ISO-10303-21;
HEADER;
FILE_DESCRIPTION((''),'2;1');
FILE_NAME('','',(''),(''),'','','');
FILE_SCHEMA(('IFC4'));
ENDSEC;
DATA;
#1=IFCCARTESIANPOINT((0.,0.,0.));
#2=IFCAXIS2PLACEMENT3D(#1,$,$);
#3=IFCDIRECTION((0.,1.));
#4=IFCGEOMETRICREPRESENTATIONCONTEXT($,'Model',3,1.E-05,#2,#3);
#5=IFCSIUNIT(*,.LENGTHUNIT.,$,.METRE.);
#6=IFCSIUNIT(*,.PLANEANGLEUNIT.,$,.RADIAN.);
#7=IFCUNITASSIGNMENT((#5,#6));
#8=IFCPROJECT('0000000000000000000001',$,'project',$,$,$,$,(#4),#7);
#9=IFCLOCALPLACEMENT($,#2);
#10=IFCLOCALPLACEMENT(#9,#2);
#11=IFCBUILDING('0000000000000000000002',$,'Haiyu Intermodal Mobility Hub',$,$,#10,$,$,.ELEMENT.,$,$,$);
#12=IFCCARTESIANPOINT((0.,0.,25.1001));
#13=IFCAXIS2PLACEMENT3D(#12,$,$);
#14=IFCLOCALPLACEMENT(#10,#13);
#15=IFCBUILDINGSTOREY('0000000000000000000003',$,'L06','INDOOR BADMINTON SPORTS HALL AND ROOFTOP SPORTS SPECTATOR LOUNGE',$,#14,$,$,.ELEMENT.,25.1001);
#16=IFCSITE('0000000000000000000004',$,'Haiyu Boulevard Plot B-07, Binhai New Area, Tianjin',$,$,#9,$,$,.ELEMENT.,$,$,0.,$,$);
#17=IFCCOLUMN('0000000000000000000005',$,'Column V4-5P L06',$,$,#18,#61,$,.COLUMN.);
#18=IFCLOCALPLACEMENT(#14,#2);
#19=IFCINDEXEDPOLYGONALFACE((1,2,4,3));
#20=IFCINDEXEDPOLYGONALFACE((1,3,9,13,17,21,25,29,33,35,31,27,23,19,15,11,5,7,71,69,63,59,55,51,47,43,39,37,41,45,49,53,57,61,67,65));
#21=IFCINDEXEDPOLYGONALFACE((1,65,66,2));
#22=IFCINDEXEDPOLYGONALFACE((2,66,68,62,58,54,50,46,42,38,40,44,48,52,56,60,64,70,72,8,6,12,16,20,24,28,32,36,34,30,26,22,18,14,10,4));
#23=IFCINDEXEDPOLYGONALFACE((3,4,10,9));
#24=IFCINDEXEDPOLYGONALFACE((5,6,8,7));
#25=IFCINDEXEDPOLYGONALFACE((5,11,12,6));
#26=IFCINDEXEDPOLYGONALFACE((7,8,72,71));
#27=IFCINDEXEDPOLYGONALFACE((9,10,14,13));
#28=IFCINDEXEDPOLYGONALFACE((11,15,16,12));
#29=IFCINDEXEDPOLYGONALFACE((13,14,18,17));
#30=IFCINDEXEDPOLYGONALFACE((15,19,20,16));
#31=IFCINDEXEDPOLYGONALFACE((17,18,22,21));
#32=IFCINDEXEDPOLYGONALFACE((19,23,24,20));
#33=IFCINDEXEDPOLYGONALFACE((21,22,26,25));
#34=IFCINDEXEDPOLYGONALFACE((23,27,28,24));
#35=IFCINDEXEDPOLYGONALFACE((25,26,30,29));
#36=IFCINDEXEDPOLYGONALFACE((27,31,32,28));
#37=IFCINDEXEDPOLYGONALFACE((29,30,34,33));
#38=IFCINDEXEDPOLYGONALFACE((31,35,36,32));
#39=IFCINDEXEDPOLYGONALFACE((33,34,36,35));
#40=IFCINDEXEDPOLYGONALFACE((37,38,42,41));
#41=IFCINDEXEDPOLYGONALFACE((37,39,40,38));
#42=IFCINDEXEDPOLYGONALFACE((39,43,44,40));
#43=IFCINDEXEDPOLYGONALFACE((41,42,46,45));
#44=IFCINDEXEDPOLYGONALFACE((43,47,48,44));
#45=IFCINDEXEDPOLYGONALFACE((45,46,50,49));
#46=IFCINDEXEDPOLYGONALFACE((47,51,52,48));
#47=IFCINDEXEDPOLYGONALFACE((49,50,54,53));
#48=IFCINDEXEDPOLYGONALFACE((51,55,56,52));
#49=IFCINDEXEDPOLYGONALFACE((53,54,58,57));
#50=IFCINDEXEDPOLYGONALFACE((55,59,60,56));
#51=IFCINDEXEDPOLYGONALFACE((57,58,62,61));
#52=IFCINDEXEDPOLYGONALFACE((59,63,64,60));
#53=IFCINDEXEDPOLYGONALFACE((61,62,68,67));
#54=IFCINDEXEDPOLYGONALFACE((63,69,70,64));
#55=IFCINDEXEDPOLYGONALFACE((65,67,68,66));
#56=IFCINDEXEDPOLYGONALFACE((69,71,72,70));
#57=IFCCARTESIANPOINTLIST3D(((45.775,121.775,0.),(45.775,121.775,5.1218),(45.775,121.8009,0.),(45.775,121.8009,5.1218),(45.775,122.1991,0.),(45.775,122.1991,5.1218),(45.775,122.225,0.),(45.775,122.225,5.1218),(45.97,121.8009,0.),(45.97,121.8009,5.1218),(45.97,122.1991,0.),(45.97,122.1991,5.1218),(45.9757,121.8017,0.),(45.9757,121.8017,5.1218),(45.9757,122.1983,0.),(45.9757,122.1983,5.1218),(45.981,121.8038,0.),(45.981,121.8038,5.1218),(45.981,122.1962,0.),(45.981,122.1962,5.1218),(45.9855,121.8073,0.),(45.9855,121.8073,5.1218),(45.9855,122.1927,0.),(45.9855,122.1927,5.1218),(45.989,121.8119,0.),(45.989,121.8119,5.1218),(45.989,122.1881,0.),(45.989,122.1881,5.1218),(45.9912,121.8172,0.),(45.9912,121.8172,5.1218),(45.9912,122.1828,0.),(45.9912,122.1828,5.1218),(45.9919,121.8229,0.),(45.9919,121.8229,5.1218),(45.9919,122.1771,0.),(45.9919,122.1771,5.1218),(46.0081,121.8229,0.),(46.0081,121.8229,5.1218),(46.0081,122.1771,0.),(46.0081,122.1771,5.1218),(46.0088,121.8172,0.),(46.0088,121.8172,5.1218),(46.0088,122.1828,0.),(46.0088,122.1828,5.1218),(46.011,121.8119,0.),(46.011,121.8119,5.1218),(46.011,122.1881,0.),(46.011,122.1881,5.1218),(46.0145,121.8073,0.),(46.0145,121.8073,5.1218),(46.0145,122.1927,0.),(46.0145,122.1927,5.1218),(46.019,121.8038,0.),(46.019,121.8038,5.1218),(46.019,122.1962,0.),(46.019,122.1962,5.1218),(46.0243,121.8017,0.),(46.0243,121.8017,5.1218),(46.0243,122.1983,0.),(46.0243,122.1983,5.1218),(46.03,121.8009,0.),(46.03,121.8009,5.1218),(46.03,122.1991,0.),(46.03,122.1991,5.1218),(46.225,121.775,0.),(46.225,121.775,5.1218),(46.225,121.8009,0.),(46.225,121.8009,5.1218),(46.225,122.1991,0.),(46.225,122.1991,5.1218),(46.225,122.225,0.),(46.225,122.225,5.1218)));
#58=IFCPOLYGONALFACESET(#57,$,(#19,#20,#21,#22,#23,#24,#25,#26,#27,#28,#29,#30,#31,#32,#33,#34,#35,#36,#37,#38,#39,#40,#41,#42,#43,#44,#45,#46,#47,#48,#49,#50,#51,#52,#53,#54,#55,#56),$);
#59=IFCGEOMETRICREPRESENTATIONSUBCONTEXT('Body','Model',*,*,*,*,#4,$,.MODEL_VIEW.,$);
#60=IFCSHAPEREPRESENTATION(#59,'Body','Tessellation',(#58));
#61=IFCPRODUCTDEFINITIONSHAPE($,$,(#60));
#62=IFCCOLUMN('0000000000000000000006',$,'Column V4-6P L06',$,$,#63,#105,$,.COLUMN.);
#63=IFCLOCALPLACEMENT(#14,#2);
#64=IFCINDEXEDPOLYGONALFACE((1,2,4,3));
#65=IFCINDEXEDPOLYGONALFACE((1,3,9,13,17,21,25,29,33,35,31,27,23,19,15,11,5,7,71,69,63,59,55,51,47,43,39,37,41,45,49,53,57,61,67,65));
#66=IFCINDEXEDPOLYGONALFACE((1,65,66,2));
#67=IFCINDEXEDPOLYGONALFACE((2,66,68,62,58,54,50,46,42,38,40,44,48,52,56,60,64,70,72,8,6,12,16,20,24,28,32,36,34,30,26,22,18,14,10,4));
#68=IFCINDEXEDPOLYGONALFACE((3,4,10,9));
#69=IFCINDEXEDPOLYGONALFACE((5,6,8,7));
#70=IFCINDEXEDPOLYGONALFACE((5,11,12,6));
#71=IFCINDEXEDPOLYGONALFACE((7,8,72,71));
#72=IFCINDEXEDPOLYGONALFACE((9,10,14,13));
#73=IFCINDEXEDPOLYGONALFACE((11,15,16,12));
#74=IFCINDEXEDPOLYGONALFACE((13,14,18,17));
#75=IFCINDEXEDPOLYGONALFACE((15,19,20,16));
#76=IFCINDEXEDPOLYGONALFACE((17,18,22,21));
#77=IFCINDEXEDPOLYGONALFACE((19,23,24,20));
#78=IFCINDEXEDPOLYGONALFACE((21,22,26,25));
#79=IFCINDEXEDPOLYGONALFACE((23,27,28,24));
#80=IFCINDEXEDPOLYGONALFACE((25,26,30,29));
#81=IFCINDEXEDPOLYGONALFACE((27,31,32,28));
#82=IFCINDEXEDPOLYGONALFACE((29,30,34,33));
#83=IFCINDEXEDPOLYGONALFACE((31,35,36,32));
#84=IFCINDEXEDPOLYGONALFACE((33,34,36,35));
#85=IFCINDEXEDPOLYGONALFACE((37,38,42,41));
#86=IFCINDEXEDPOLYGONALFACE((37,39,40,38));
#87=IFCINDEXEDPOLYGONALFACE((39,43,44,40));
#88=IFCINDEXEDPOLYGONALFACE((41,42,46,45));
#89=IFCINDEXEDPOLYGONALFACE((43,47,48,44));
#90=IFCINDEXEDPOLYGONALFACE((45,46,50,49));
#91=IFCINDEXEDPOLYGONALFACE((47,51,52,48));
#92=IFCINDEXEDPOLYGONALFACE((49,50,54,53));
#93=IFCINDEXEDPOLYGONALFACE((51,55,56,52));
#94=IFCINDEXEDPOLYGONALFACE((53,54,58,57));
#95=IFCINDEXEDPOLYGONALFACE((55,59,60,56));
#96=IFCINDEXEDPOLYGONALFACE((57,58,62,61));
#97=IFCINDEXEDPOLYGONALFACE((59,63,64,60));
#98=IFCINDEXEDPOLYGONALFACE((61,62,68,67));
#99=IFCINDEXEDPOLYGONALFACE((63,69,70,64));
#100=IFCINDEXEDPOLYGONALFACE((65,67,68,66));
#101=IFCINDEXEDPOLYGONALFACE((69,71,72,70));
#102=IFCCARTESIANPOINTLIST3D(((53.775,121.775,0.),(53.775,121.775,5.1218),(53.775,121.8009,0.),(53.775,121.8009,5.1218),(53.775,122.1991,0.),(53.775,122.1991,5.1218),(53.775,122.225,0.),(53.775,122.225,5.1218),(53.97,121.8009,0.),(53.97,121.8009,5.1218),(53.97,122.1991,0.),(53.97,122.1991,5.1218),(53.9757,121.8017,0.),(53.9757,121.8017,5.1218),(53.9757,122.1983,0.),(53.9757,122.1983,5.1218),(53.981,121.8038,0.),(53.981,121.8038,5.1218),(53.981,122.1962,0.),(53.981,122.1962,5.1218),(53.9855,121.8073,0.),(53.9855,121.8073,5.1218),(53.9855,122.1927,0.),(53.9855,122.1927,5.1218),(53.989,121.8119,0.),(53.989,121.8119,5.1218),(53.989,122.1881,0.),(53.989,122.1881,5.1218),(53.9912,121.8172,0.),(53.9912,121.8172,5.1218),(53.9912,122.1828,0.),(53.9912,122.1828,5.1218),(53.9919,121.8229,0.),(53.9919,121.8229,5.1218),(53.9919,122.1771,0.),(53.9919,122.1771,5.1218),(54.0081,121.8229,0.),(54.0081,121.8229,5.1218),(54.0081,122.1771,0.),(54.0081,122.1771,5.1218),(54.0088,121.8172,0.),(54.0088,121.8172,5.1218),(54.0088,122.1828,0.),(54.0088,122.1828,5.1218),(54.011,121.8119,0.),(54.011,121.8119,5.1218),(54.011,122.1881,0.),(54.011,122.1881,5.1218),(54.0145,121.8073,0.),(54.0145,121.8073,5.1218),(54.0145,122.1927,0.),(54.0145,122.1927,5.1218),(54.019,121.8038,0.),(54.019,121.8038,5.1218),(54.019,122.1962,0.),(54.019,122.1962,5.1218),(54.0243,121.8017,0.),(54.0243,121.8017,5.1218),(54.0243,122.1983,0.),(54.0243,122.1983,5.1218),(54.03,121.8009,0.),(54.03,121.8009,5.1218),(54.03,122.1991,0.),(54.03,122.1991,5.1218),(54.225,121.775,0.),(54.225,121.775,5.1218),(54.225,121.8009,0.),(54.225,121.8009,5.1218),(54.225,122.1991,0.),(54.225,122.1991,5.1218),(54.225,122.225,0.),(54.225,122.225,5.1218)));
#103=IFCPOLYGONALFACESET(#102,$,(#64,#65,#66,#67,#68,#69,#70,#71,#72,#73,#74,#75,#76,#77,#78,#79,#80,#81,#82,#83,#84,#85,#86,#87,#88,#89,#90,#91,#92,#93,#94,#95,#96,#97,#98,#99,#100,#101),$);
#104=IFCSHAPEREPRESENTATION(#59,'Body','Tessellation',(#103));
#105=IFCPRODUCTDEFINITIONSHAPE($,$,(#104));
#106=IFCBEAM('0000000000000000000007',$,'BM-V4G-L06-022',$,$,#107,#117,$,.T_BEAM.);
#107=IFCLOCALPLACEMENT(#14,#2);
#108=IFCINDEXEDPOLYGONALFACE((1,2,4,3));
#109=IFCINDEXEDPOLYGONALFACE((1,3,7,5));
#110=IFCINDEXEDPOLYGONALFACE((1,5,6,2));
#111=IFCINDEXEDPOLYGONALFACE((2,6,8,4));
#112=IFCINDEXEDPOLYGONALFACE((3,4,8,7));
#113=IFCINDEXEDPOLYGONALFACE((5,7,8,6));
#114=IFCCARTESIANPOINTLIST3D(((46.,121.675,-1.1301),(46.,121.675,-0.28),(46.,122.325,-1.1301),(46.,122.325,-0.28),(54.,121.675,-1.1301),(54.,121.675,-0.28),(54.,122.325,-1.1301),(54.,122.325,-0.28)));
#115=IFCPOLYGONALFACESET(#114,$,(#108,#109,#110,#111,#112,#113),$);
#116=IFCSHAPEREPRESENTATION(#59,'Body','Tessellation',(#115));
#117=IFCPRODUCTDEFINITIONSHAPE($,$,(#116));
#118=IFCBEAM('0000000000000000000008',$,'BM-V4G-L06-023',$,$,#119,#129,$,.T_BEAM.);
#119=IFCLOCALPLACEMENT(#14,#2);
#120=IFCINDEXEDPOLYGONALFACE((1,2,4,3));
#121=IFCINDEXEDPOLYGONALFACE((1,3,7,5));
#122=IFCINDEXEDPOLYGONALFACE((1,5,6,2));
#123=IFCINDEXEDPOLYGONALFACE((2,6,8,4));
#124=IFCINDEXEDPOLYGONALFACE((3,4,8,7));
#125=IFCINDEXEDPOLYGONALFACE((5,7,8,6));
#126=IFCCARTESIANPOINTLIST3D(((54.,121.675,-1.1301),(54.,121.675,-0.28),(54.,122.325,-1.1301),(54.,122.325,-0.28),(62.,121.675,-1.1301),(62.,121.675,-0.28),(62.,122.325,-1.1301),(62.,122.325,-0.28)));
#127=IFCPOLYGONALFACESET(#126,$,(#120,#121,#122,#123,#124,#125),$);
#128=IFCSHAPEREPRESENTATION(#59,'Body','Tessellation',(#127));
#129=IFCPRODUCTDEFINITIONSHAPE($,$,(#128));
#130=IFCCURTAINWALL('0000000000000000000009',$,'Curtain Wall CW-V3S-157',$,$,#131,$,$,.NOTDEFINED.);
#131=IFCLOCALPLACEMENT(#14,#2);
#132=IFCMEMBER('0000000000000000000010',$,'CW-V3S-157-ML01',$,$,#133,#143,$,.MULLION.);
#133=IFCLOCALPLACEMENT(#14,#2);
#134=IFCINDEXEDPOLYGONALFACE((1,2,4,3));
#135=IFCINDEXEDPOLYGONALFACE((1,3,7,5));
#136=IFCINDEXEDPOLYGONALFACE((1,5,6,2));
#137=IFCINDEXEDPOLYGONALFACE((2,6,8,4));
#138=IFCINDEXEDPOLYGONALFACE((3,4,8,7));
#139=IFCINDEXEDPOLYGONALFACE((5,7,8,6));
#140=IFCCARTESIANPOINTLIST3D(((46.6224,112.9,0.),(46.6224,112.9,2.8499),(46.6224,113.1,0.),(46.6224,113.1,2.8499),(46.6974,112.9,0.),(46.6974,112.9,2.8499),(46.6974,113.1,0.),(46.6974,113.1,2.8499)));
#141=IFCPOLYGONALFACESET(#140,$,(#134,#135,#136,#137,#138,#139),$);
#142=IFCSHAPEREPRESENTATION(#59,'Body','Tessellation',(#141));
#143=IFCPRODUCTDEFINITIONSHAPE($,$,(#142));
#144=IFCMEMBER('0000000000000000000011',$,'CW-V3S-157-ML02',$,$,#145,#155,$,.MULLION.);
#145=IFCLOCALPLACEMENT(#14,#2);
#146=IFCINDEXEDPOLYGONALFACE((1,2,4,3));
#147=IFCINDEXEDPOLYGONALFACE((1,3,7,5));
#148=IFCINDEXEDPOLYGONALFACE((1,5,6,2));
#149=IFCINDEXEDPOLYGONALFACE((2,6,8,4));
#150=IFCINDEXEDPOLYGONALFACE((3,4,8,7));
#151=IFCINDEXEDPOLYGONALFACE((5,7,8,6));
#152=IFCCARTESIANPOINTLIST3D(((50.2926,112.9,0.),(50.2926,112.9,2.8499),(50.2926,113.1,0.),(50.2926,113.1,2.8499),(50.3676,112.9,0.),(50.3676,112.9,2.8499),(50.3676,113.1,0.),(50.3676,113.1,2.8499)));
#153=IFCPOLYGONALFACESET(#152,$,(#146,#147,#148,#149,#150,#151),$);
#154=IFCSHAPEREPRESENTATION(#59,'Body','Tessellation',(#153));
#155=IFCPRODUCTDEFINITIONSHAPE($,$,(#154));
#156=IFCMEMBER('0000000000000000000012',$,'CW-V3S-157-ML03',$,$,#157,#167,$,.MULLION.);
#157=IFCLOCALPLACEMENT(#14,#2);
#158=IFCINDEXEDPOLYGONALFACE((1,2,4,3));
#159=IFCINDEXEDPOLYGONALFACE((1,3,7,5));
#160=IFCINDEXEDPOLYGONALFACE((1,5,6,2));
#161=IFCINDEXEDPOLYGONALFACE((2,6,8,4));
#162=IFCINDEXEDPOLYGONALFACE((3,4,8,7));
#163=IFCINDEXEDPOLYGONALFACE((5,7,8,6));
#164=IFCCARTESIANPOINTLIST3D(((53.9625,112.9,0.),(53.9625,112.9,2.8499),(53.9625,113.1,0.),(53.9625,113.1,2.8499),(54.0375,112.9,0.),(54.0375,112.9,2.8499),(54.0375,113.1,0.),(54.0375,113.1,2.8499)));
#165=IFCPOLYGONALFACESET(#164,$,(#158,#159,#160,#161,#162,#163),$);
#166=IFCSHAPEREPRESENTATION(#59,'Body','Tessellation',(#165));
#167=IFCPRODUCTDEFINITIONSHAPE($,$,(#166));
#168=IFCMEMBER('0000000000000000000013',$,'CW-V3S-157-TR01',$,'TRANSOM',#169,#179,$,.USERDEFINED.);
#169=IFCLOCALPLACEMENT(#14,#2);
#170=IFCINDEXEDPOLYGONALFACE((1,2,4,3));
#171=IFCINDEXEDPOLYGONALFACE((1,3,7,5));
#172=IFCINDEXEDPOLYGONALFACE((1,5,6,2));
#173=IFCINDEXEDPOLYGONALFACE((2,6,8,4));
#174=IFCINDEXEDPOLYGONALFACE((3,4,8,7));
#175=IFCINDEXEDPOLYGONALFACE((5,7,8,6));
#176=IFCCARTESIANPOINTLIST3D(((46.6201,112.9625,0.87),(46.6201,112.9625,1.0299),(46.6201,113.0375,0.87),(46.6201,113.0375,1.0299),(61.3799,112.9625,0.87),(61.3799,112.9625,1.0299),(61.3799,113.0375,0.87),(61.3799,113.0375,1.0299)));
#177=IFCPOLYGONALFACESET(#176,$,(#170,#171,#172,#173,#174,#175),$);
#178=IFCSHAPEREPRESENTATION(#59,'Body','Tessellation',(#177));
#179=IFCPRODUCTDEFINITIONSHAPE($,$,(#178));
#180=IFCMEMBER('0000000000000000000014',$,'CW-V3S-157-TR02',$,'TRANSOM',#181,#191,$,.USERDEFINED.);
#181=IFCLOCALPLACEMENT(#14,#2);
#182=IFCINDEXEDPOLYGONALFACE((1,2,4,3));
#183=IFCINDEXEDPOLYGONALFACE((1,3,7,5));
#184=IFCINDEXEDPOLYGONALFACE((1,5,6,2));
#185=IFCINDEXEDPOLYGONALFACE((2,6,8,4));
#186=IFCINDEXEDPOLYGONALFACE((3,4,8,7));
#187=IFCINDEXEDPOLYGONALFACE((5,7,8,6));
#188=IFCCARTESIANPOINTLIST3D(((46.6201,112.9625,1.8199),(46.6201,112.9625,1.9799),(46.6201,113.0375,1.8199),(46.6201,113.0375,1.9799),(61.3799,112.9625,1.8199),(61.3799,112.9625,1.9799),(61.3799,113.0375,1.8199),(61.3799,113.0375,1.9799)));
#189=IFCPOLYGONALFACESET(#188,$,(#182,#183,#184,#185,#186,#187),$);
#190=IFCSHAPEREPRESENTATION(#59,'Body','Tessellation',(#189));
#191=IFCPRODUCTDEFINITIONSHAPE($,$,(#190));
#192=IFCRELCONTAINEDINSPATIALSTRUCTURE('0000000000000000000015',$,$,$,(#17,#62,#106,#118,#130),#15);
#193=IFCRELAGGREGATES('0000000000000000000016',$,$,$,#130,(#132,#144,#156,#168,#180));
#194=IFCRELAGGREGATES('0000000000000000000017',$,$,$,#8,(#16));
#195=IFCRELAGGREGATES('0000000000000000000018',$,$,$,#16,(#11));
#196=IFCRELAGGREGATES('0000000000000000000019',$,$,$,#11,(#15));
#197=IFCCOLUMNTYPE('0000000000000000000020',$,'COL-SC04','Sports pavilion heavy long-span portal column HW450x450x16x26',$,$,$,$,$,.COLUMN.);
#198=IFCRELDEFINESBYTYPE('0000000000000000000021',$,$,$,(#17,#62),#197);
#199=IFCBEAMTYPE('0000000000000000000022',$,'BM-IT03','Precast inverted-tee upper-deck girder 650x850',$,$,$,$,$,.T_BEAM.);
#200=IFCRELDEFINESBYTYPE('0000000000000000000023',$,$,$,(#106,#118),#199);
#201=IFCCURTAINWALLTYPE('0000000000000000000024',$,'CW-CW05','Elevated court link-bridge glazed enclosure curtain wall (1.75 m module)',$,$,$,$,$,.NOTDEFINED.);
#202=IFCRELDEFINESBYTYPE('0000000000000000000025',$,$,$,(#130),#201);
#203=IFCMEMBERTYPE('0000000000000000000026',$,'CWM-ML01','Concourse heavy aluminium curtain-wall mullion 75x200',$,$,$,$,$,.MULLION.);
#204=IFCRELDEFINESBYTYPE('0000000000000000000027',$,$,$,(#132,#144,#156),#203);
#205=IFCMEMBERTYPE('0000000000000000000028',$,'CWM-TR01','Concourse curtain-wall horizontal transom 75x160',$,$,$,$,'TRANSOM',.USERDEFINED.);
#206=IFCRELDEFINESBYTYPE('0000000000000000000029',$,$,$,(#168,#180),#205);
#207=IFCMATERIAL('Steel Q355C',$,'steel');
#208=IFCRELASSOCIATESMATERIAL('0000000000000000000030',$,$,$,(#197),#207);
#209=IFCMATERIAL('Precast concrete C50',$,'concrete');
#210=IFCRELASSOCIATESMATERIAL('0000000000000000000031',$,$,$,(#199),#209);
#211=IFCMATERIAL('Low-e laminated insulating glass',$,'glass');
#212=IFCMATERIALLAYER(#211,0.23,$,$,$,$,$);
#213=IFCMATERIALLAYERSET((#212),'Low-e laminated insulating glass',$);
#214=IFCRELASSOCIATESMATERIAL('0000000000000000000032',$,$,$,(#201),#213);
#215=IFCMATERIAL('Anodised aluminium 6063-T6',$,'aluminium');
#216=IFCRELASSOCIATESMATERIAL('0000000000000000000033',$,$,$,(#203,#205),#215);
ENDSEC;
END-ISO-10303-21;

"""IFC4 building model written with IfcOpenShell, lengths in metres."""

from ifc_helpers import new_model, si_unit, direction, frame, origin, origin_2d, place, context, subcontext, project, spatial, rectangle, i_section, extrude, material, layer, layer_set, material_profile, profile_set, type_object, element, aggregate, save


model = new_model("IFC4")

# Units and contexts
model_context = context("Model", 3, precision=1e-05, world=origin(), true_north=direction((0.0, 1.0)))
body_context = subcontext(model_context, "Body", "Model", "MODEL_VIEW")
ifc_project = project(units=[si_unit("LENGTHUNIT", "METRE"), si_unit("PLANEANGLEUNIT", "RADIAN")], contexts=[model_context])

# Site, building, storey
site_placement = place(None, origin())
site = spatial("IfcSite", under=ifc_project, at=site_placement, Name="Haiyu Boulevard Plot B-07, Binhai New Area, Tianjin", CompositionType="ELEMENT", RefElevation=0.0)
building_placement = place(site_placement, origin())
building = spatial("IfcBuilding", under=site, at=building_placement, Name="Haiyu Intermodal Mobility Hub", CompositionType="ELEMENT")
storey_placement = place(building_placement, frame((0.0, 0.0, 25.1001)))
storey = spatial("IfcBuildingStorey", under=building, at=storey_placement, Name="L06", Description="INDOOR BADMINTON SPORTS HALL AND ROOFTOP SPORTS SPECTATOR LOUNGE", CompositionType="ELEMENT", Elevation=25.1001)

# Columns
ifc_material_1 = material(Name="Steel Q355C", Category="steel")
ifc_material_profile_1 = material_profile(ifc_material_1, i_section(OverallWidth=0.45, OverallDepth=0.45, WebThickness=0.0161, FlangeThickness=0.0259, FilletRadius=0.022, at=origin_2d()), Name="HW450x450x16x26")
ifc_profile_set_1 = profile_set([ifc_material_profile_1], Name="Steel Q355C")
column_type = type_object("IfcColumnType", Name="COL-SC04", Description="Sports pavilion heavy long-span portal column HW450x450x16x26", PredefinedType="COLUMN", material=ifc_profile_set_1)
for number, where, z_axis, x_axis, name in (
    (1, (46.0, 122.0, 0.0), (0.0, 0.0, 1.0), (1.0, 0.0, 0.0), "Column V4-5P L06"),
    (2, (54.0, 122.0, 0.0), (0.0, 0.0, 1.0), (1.0, 0.0, 0.0), "Column V4-6P L06"),
):
    element("IfcColumn", number, at=place(storey_placement, frame(where, z_axis=z_axis, x_axis=x_axis)), inside=storey, type_object=column_type, Name=name, PredefinedType="COLUMN", context=body_context, shape_type="SweptSolid", body=[
        extrude(i_section(OverallWidth=0.45, OverallDepth=0.45, WebThickness=0.0161, FlangeThickness=0.0259, FilletRadius=0.022, at=origin_2d()), origin(), (0.0, 0.0, 1.0), 5.1218),
    ])

# Beams
ifc_material_2 = material(Name="Precast concrete C50", Category="concrete")
ifc_material_profile_2 = material_profile(ifc_material_2, rectangle(XDim=0.6499, YDim=0.8501, at=origin_2d()), Name="PC650x850")
ifc_profile_set_2 = profile_set([ifc_material_profile_2], Name="Precast concrete C50")
beam_type = type_object("IfcBeamType", Name="BM-IT03", Description="Precast inverted-tee upper-deck girder 650x850", PredefinedType="T_BEAM", material=ifc_profile_set_2)
for number, where, z_axis, x_axis, name in (
    (3, (46.0, 122.0, -0.7051), (1.0, 0.0, 0.0), (0.0, 1.0, 0.0), "BM-V4G-L06-022"),
    (4, (54.0, 122.0, -0.7051), (1.0, 0.0, 0.0), (0.0, 1.0, 0.0), "BM-V4G-L06-023"),
):
    element("IfcBeam", number, at=place(storey_placement, frame(where, z_axis=z_axis, x_axis=x_axis)), inside=storey, type_object=beam_type, Name=name, PredefinedType="T_BEAM", context=body_context, shape_type="SweptSolid", body=[
        extrude(rectangle(XDim=0.6499, YDim=0.8501, at=origin_2d()), origin(), (0.0, 0.0, 1.0), 8.0),
    ])

# Curtain wall, members
ifc_material_3 = material(Name="Low-e laminated insulating glass", Category="glass")
ifc_layer_1 = layer(ifc_material_3, 0.23)
ifc_layer_set_1 = layer_set([ifc_layer_1], Name="Low-e laminated insulating glass")
curtain_wall_type = type_object("IfcCurtainWallType", Name="CW-CW05", Description="Elevated court link-bridge glazed enclosure curtain wall (1.75 m module)", PredefinedType="NOTDEFINED", material=ifc_layer_set_1)
curtain_wall_placement = place(storey_placement, origin())
curtain_wall = element("IfcCurtainWall", 5, at=curtain_wall_placement, inside=storey, type_object=curtain_wall_type, Name="Curtain Wall CW-V3S-157", PredefinedType="NOTDEFINED")
ifc_material_4 = material(Name="Anodised aluminium 6063-T6", Category="aluminium")
ifc_material_profile_3 = material_profile(ifc_material_4, rectangle(XDim=0.075, YDim=0.2, at=origin_2d()), Name="ALU75x200")
ifc_profile_set_3 = profile_set([ifc_material_profile_3], Name="Anodised aluminium 6063-T6")
member_type_1 = type_object("IfcMemberType", Name="CWM-ML01", Description="Concourse heavy aluminium curtain-wall mullion 75x200", PredefinedType="MULLION", material=ifc_profile_set_3)
member_1_placement = place(storey_placement, frame((46.6599, 113.0, 0.0), z_axis=(0.0, 0.0, 1.0), x_axis=(1.0, 0.0, 0.0)))
member_1 = element("IfcMember", 6, at=member_1_placement, type_object=member_type_1, Name="CW-V3S-157-ML01", PredefinedType="MULLION", context=body_context, shape_type="SweptSolid", body=[
    extrude(rectangle(XDim=0.075, YDim=0.2, at=origin_2d()), origin(), (0.0, 0.0, 1.0), 2.8499),
])
member_2_placement = place(storey_placement, frame((50.3301, 113.0, 0.0), z_axis=(0.0, 0.0, 1.0), x_axis=(1.0, 0.0, 0.0)))
member_2 = element("IfcMember", 7, at=member_2_placement, type_object=member_type_1, Name="CW-V3S-157-ML02", PredefinedType="MULLION", context=body_context, shape_type="SweptSolid", body=[
    extrude(rectangle(XDim=0.075, YDim=0.2, at=origin_2d()), origin(), (0.0, 0.0, 1.0), 2.8499),
])
member_3_placement = place(storey_placement, frame((54.0, 113.0, 0.0), z_axis=(0.0, 0.0, 1.0), x_axis=(1.0, 0.0, 0.0)))
member_3 = element("IfcMember", 8, at=member_3_placement, type_object=member_type_1, Name="CW-V3S-157-ML03", PredefinedType="MULLION", context=body_context, shape_type="SweptSolid", body=[
    extrude(rectangle(XDim=0.075, YDim=0.2, at=origin_2d()), origin(), (0.0, 0.0, 1.0), 2.8499),
])
ifc_material_profile_4 = material_profile(ifc_material_4, rectangle(XDim=0.075, YDim=0.1599, at=origin_2d()), Name="ALU75x160")
ifc_profile_set_4 = profile_set([ifc_material_profile_4], Name="Anodised aluminium 6063-T6")
member_type_2 = type_object("IfcMemberType", Name="CWM-TR01", Description="Concourse curtain-wall horizontal transom 75x160", ElementType="TRANSOM", PredefinedType="USERDEFINED", material=ifc_profile_set_4)
member_4_placement = place(storey_placement, frame((46.6201, 113.0, 0.95), z_axis=(1.0, 0.0, 0.0), x_axis=(0.0, 1.0, 0.0)))
member_4 = element("IfcMember", 9, at=member_4_placement, type_object=member_type_2, Name="CW-V3S-157-TR01", ObjectType="TRANSOM", PredefinedType="USERDEFINED", context=body_context, shape_type="SweptSolid", body=[
    extrude(rectangle(XDim=0.075, YDim=0.1599, at=origin_2d()), origin(), (0.0, 0.0, 1.0), 14.7598),
])
member_5_placement = place(storey_placement, frame((46.6201, 113.0, 1.8999), z_axis=(1.0, 0.0, 0.0), x_axis=(0.0, 1.0, 0.0)))
member_5 = element("IfcMember", 10, at=member_5_placement, type_object=member_type_2, Name="CW-V3S-157-TR02", ObjectType="TRANSOM", PredefinedType="USERDEFINED", context=body_context, shape_type="SweptSolid", body=[
    extrude(rectangle(XDim=0.075, YDim=0.1599, at=origin_2d()), origin(), (0.0, 0.0, 1.0), 14.7598),
])

aggregate(curtain_wall, [member_1, member_2, member_3, member_4, member_5])

save(model, "model.ifc")
